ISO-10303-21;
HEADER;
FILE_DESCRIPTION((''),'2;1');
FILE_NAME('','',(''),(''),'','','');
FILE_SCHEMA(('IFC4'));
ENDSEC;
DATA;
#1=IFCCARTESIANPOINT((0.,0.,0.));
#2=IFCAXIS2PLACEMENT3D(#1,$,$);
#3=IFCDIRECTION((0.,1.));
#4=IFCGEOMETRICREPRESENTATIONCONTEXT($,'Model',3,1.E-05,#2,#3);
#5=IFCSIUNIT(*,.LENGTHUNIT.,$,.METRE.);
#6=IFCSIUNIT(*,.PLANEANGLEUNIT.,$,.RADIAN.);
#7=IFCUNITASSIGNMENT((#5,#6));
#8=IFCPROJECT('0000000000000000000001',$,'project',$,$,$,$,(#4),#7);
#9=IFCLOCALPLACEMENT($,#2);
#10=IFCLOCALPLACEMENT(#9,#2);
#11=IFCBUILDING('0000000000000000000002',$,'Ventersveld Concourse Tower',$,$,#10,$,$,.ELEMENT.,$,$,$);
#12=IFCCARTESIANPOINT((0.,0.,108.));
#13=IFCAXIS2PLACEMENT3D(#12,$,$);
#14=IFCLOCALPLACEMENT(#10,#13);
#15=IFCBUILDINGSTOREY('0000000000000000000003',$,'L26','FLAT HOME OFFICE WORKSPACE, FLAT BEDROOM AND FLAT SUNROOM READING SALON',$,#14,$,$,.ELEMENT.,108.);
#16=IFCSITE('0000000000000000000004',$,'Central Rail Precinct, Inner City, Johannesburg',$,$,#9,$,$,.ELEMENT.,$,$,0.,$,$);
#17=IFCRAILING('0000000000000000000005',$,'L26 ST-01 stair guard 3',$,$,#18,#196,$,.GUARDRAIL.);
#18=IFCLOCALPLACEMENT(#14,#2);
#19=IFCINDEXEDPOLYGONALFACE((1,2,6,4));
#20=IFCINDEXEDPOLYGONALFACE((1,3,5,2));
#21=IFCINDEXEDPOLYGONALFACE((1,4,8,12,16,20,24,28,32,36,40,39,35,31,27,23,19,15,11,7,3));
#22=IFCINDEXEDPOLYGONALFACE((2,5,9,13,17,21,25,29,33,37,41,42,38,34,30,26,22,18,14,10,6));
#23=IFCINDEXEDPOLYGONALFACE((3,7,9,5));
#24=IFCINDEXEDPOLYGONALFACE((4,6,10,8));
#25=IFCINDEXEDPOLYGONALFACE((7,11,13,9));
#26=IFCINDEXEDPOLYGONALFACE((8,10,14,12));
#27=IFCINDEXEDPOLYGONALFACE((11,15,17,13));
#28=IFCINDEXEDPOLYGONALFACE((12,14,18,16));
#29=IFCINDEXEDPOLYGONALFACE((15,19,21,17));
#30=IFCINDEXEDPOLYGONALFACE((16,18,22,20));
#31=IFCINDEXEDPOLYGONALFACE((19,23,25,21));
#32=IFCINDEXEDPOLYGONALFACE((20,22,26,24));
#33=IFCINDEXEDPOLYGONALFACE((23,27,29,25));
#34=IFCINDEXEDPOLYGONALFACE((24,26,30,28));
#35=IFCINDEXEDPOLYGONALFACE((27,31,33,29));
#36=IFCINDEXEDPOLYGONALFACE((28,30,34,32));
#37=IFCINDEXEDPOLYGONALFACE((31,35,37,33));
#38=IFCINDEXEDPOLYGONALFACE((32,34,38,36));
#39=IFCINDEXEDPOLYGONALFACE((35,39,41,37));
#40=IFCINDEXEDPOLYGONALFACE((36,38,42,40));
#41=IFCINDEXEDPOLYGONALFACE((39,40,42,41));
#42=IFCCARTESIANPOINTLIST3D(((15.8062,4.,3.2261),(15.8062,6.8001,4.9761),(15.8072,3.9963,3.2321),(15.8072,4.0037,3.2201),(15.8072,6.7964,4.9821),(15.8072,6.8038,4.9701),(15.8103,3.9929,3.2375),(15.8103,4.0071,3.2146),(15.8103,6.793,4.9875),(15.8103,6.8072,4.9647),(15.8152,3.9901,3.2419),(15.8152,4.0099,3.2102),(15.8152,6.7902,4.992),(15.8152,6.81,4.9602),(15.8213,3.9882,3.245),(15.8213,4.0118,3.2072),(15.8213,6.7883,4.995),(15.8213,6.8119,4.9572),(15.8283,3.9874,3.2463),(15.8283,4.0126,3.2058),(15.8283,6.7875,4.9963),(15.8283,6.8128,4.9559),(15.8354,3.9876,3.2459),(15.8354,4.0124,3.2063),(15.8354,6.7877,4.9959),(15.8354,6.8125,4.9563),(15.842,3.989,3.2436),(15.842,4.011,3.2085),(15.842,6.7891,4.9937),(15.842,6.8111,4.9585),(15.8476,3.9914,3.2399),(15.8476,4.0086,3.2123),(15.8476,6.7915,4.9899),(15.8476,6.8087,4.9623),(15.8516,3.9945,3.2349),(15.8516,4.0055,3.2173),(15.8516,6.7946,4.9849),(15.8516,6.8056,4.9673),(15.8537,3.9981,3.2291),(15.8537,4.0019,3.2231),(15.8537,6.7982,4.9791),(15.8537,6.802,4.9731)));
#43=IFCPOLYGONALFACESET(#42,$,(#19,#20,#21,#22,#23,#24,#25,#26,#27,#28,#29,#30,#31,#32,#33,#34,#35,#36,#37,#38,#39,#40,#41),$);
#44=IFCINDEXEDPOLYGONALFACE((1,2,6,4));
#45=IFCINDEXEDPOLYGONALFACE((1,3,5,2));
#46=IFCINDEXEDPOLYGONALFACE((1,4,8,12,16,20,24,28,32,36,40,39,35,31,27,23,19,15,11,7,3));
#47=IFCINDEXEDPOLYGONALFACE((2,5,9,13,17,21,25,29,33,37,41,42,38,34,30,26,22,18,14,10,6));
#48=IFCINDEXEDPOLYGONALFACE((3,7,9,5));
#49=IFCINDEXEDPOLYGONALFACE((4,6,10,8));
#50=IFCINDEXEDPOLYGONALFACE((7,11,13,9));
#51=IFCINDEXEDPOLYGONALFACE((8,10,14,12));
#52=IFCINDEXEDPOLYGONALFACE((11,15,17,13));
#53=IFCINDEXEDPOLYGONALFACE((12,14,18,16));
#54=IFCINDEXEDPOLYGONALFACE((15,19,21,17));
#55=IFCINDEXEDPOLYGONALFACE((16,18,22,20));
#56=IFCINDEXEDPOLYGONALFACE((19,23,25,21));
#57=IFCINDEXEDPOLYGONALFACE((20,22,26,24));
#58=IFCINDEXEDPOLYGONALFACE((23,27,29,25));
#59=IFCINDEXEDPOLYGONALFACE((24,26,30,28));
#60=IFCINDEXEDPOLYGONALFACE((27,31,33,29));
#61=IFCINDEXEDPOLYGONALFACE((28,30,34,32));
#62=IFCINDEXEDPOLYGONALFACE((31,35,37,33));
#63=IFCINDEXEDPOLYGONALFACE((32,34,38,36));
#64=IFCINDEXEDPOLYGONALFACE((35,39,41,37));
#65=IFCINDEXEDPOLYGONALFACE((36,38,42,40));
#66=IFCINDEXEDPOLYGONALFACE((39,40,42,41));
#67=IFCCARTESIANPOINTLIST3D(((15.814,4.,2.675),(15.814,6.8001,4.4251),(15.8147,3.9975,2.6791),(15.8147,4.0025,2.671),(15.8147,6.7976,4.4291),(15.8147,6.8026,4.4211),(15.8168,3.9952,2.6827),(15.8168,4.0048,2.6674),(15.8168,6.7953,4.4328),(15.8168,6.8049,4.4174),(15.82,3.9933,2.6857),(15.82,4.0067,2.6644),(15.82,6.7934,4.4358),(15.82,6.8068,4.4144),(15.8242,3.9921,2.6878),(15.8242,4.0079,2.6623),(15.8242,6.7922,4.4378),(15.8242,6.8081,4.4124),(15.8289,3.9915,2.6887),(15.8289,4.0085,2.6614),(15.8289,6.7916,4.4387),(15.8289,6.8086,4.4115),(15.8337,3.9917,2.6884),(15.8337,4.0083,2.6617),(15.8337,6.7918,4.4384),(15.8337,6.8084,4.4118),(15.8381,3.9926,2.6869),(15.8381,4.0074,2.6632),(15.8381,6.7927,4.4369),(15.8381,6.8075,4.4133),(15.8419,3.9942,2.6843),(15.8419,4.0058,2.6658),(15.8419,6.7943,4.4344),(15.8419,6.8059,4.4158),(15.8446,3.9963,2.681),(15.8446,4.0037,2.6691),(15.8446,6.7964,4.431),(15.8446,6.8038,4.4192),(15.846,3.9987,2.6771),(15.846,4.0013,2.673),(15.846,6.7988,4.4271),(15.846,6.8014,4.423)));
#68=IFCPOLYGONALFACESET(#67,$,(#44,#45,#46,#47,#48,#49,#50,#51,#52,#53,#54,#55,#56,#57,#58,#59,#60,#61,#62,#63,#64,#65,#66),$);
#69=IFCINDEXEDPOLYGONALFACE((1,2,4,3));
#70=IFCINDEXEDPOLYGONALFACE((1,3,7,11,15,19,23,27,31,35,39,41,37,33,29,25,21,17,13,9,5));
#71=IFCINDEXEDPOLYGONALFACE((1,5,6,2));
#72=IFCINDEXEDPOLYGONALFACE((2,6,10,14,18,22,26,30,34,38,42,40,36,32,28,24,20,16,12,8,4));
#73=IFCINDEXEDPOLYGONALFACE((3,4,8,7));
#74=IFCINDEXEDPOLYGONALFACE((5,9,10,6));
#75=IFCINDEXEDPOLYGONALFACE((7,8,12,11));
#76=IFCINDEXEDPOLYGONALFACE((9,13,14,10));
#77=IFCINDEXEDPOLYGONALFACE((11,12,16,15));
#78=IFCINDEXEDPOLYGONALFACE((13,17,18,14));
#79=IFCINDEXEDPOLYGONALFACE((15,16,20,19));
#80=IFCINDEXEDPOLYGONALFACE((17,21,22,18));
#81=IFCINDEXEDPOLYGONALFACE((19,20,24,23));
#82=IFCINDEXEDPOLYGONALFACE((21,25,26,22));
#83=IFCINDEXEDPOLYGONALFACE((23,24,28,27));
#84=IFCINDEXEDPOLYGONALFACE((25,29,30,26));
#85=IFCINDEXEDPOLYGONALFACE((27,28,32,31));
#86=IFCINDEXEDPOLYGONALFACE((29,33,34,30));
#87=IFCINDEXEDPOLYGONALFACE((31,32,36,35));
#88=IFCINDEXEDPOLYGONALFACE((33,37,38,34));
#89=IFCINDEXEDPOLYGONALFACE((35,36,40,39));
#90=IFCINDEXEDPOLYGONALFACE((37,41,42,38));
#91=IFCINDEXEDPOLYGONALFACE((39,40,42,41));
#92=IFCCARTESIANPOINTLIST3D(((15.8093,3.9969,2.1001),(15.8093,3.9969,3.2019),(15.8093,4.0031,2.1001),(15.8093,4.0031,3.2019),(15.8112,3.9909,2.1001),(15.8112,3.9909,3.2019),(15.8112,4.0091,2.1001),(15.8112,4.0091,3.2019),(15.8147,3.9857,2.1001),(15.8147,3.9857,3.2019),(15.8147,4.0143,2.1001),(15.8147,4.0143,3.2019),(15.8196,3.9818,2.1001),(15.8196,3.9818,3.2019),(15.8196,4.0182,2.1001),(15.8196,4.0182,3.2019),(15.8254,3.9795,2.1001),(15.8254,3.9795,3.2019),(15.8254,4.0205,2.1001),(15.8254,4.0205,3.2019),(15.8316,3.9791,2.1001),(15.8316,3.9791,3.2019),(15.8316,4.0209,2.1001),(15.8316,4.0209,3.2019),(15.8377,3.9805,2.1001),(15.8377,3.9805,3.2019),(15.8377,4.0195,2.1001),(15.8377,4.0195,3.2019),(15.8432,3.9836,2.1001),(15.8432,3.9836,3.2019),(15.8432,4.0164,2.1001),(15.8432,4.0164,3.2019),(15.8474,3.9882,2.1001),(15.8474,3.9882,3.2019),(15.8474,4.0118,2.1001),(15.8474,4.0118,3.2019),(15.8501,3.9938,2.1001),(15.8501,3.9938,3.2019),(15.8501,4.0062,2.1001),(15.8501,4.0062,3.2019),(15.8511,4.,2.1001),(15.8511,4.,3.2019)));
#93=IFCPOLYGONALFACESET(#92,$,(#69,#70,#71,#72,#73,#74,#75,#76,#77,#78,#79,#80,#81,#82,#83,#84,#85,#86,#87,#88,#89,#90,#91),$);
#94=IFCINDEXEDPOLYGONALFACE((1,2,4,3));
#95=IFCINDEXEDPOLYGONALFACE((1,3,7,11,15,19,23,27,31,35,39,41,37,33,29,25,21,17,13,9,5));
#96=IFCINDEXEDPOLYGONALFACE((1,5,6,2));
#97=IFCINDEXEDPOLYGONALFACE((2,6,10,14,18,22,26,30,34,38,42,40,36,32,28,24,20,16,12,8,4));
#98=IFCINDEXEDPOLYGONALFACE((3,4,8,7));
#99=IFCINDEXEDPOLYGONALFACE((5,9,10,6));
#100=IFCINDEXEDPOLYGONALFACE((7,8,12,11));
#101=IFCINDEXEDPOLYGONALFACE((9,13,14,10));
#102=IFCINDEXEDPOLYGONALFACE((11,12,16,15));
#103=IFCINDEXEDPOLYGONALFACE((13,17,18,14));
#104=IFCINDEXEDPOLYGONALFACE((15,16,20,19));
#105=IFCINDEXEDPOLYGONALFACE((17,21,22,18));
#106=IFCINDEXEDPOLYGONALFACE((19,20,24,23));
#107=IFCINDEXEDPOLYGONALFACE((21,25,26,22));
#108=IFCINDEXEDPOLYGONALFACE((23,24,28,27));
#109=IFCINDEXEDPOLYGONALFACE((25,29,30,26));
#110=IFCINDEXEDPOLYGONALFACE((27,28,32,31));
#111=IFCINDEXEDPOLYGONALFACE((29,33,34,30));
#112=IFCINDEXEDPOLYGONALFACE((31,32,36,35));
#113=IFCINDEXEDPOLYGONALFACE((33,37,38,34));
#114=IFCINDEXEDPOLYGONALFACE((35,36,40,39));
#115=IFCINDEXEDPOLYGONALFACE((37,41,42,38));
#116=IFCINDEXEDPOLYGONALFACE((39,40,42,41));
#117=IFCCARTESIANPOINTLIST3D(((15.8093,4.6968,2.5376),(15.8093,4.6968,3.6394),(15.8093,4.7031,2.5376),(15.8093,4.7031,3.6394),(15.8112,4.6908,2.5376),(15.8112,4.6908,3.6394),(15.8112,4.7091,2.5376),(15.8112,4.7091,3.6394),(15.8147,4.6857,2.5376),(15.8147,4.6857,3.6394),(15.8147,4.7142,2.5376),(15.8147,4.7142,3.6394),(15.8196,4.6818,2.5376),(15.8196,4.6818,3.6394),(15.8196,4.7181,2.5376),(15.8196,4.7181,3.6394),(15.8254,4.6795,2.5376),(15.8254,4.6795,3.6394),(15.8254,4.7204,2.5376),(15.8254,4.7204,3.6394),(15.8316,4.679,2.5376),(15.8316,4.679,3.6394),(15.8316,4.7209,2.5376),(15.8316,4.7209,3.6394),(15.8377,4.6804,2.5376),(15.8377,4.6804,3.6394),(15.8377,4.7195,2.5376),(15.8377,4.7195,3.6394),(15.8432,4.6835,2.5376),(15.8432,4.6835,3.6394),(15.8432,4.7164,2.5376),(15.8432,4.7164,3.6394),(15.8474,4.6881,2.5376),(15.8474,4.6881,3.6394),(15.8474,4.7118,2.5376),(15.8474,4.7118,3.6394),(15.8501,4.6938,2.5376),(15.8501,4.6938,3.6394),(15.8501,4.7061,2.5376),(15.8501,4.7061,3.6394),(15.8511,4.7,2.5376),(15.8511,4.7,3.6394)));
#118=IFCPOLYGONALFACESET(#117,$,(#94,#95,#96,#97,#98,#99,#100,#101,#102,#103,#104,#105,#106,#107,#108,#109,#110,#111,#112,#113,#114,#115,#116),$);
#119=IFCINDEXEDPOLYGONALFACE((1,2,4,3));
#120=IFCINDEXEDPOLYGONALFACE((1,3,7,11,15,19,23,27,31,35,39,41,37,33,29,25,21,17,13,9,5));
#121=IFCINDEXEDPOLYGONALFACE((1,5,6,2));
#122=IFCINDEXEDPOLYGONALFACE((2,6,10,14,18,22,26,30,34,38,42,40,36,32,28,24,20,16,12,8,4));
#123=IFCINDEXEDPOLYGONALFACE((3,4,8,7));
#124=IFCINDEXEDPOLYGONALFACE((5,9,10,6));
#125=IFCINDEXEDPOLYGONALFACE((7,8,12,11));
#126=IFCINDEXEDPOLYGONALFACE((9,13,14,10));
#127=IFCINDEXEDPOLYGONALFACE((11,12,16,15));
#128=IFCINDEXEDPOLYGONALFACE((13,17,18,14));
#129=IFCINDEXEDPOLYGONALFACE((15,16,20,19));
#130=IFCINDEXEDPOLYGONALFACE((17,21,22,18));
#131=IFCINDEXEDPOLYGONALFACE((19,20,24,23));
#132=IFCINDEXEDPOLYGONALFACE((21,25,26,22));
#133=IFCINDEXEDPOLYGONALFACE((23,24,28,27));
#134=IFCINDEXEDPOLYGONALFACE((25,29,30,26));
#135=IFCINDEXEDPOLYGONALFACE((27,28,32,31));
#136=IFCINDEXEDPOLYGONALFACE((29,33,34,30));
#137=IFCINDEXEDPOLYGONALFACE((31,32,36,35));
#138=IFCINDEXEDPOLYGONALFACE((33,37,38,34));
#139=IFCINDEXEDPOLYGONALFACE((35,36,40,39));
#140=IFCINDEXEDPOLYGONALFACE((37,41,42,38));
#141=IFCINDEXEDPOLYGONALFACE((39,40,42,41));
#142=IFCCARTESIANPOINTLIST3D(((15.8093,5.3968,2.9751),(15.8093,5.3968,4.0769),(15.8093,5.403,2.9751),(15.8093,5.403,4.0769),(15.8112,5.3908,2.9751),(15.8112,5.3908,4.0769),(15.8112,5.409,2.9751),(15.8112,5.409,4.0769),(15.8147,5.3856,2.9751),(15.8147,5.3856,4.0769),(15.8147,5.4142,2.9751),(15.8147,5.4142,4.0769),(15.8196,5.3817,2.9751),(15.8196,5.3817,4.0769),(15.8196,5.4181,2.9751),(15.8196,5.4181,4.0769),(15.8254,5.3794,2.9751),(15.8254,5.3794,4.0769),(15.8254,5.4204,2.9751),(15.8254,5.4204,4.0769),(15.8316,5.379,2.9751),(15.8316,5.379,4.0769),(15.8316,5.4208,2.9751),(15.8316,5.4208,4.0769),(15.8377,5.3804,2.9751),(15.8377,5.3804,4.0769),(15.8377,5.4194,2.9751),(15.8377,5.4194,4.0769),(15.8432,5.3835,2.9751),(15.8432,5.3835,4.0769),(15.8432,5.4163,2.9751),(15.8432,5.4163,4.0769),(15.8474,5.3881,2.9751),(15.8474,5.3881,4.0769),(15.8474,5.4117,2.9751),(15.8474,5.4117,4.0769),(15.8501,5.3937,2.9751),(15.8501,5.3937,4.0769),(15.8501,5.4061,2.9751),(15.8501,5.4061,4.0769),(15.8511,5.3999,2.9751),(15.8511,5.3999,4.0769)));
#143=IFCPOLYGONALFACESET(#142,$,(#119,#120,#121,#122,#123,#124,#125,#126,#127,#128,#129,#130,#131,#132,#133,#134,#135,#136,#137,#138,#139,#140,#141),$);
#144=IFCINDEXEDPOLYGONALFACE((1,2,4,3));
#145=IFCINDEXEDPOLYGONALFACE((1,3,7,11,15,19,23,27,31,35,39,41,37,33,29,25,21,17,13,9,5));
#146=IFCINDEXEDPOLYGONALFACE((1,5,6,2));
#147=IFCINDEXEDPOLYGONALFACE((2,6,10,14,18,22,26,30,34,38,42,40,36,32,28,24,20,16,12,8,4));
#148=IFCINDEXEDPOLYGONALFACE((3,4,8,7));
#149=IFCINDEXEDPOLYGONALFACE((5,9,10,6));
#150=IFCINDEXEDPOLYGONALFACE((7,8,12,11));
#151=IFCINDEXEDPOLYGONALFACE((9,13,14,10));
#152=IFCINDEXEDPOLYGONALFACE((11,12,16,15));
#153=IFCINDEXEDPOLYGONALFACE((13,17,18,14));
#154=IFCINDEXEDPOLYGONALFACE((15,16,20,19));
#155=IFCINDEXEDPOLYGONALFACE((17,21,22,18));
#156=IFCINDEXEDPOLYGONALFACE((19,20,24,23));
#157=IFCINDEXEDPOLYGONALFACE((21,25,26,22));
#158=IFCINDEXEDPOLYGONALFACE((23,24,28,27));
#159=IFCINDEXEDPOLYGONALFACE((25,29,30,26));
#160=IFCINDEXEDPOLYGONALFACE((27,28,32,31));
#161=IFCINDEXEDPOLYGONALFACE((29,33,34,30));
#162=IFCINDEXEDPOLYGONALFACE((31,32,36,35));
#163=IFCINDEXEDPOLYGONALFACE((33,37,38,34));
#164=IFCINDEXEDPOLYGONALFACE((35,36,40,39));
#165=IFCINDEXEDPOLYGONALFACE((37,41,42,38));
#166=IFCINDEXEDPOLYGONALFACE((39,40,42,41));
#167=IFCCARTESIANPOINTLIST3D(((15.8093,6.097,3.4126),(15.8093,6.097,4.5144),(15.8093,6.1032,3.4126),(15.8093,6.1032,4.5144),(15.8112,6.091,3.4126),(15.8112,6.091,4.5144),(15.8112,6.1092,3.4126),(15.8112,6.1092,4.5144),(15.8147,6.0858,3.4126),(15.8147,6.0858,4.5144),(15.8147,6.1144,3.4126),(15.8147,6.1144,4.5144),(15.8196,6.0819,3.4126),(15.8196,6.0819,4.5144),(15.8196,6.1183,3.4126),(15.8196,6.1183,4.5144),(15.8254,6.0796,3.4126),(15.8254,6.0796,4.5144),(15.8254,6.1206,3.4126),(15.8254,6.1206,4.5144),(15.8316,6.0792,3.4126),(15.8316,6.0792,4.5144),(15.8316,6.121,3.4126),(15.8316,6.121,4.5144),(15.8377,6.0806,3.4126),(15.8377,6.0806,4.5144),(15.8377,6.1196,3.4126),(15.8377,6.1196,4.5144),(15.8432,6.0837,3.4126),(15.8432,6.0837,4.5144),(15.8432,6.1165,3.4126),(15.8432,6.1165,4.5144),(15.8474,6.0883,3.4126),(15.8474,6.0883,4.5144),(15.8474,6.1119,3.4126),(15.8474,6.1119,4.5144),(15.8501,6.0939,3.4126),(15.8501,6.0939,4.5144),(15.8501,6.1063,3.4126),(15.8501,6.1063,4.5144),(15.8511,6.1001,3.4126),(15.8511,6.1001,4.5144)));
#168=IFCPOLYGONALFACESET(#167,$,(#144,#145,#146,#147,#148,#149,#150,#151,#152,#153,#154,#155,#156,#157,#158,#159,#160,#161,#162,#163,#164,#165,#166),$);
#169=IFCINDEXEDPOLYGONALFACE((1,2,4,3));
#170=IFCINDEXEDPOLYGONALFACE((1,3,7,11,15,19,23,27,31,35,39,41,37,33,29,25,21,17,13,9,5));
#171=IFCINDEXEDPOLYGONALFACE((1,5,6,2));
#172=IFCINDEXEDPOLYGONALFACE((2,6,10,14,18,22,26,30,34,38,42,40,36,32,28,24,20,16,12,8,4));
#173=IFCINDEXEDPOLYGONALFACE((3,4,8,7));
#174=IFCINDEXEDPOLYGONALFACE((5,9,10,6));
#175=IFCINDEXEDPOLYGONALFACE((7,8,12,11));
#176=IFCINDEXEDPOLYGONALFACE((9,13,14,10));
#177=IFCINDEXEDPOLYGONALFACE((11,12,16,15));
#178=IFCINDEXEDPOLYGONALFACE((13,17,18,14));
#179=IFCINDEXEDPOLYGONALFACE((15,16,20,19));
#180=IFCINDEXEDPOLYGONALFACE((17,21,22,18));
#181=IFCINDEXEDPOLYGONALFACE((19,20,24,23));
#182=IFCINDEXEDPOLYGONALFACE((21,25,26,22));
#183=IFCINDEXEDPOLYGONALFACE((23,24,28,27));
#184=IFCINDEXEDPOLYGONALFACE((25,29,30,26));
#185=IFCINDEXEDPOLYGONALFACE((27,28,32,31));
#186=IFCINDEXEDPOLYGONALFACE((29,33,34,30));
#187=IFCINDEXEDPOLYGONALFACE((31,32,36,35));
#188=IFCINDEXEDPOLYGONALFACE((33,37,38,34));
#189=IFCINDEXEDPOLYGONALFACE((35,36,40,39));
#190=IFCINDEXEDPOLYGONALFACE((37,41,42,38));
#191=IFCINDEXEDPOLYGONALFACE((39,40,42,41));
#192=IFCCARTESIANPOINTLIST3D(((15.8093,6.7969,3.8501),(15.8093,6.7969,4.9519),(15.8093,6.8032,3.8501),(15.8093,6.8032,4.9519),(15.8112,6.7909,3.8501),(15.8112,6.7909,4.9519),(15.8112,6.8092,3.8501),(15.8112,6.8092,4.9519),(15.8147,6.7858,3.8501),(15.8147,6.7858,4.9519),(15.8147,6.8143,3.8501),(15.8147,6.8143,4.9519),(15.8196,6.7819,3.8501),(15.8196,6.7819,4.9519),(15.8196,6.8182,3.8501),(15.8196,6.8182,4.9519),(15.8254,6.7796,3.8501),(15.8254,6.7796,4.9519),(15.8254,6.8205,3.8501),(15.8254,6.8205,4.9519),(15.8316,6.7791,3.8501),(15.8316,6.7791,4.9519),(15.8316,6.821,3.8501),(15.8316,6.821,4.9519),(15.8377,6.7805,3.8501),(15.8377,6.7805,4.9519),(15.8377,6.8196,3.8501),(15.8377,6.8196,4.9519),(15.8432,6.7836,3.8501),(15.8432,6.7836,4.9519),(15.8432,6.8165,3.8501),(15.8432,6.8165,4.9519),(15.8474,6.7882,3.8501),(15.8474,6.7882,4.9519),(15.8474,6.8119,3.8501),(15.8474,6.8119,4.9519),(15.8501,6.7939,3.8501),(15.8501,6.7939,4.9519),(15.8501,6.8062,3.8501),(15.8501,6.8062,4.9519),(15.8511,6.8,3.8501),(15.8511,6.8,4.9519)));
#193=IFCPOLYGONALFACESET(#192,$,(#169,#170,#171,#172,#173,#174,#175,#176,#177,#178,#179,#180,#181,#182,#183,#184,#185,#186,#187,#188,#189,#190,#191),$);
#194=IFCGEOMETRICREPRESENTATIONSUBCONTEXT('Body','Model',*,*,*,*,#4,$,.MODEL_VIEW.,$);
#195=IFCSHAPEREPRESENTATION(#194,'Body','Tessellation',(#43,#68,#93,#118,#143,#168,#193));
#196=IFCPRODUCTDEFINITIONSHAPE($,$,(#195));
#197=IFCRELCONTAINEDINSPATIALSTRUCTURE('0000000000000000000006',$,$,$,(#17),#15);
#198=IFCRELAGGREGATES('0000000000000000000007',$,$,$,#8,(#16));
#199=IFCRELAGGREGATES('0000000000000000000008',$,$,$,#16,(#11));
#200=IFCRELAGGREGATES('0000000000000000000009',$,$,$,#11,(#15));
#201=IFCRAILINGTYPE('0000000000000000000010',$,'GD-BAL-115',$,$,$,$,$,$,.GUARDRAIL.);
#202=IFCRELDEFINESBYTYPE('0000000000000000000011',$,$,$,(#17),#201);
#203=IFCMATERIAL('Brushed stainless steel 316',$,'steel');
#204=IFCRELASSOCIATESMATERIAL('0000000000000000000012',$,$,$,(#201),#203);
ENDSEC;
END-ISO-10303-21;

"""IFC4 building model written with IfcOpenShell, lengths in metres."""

from ifc_helpers import new_model, si_unit, direction, frame, origin, origin_2d, place, context, subcontext, project, spatial, circle, extrude, material, type_object, element, save


model = new_model("IFC4")

# Units and contexts
model_context = context("Model", 3, precision=1e-05, world=origin(), true_north=direction((0.0, 1.0)))
body_context = subcontext(model_context, "Body", "Model", "MODEL_VIEW")
ifc_project = project(units=[si_unit("LENGTHUNIT", "METRE"), si_unit("PLANEANGLEUNIT", "RADIAN")], contexts=[model_context])

# Site, building, storey
site_placement = place(None, origin())
site = spatial("IfcSite", under=ifc_project, at=site_placement, Name="Central Rail Precinct, Inner City, Johannesburg", CompositionType="ELEMENT", RefElevation=0.0)
building_placement = place(site_placement, origin())
building = spatial("IfcBuilding", under=site, at=building_placement, Name="Ventersveld Concourse Tower", CompositionType="ELEMENT")
storey_placement = place(building_placement, frame((0.0, 0.0, 108.0)))
storey = spatial("IfcBuildingStorey", under=building, at=storey_placement, Name="L26", Description="FLAT HOME OFFICE WORKSPACE, FLAT BEDROOM AND FLAT SUNROOM READING SALON", CompositionType="ELEMENT", Elevation=108.0)

# Railing
ifc_material_1 = material(Name="Brushed stainless steel 316", Category="steel")
railing_type_1 = type_object("IfcRailingType", Name="GD-BAL-115", PredefinedType="GUARDRAIL", material=ifc_material_1)
railing_1_placement = place(storey_placement, frame((15.8301, 4.0, 2.1001)))
element("IfcRailing", 1, at=railing_1_placement, inside=storey, type_object=railing_type_1, Name="L26 ST-01 stair guard 3", PredefinedType="GUARDRAIL", context=body_context, shape_type="SweptSolid", body=[
    extrude(circle(Radius=0.0239, at=origin_2d()), frame((0.0, 0.0, 1.126), z_axis=(0.0, 0.848002, 0.529992), x_axis=(-1.0, 0.0, 0.0)), (0.0, 0.0, 1.0), 3.302),
    extrude(circle(Radius=0.0161, at=origin_2d()), frame((0.0, 0.0, 0.575), z_axis=(0.0, 0.848002, 0.529992), x_axis=(-1.0, 0.0, 0.0)), (0.0, 0.0, 1.0), 3.302),
    extrude(circle(Radius=0.021, at=origin_2d()), origin(), (0.0, 0.0, 1.0), 1.1018),
    extrude(circle(Radius=0.021, at=origin_2d()), frame((0.0, 0.7, 0.4375)), (0.0, 0.0, 1.0), 1.1018),
    extrude(circle(Radius=0.021, at=origin_2d()), frame((0.0, 1.3999, 0.875)), (0.0, 0.0, 1.0), 1.1018),
    extrude(circle(Radius=0.021, at=origin_2d()), frame((0.0, 2.1001, 1.3125)), (0.0, 0.0, 1.0), 1.1018),
    extrude(circle(Radius=0.021, at=origin_2d()), frame((0.0, 2.8, 1.75)), (0.0, 0.0, 1.0), 1.1018),
])

save(model, "model.ifc")
